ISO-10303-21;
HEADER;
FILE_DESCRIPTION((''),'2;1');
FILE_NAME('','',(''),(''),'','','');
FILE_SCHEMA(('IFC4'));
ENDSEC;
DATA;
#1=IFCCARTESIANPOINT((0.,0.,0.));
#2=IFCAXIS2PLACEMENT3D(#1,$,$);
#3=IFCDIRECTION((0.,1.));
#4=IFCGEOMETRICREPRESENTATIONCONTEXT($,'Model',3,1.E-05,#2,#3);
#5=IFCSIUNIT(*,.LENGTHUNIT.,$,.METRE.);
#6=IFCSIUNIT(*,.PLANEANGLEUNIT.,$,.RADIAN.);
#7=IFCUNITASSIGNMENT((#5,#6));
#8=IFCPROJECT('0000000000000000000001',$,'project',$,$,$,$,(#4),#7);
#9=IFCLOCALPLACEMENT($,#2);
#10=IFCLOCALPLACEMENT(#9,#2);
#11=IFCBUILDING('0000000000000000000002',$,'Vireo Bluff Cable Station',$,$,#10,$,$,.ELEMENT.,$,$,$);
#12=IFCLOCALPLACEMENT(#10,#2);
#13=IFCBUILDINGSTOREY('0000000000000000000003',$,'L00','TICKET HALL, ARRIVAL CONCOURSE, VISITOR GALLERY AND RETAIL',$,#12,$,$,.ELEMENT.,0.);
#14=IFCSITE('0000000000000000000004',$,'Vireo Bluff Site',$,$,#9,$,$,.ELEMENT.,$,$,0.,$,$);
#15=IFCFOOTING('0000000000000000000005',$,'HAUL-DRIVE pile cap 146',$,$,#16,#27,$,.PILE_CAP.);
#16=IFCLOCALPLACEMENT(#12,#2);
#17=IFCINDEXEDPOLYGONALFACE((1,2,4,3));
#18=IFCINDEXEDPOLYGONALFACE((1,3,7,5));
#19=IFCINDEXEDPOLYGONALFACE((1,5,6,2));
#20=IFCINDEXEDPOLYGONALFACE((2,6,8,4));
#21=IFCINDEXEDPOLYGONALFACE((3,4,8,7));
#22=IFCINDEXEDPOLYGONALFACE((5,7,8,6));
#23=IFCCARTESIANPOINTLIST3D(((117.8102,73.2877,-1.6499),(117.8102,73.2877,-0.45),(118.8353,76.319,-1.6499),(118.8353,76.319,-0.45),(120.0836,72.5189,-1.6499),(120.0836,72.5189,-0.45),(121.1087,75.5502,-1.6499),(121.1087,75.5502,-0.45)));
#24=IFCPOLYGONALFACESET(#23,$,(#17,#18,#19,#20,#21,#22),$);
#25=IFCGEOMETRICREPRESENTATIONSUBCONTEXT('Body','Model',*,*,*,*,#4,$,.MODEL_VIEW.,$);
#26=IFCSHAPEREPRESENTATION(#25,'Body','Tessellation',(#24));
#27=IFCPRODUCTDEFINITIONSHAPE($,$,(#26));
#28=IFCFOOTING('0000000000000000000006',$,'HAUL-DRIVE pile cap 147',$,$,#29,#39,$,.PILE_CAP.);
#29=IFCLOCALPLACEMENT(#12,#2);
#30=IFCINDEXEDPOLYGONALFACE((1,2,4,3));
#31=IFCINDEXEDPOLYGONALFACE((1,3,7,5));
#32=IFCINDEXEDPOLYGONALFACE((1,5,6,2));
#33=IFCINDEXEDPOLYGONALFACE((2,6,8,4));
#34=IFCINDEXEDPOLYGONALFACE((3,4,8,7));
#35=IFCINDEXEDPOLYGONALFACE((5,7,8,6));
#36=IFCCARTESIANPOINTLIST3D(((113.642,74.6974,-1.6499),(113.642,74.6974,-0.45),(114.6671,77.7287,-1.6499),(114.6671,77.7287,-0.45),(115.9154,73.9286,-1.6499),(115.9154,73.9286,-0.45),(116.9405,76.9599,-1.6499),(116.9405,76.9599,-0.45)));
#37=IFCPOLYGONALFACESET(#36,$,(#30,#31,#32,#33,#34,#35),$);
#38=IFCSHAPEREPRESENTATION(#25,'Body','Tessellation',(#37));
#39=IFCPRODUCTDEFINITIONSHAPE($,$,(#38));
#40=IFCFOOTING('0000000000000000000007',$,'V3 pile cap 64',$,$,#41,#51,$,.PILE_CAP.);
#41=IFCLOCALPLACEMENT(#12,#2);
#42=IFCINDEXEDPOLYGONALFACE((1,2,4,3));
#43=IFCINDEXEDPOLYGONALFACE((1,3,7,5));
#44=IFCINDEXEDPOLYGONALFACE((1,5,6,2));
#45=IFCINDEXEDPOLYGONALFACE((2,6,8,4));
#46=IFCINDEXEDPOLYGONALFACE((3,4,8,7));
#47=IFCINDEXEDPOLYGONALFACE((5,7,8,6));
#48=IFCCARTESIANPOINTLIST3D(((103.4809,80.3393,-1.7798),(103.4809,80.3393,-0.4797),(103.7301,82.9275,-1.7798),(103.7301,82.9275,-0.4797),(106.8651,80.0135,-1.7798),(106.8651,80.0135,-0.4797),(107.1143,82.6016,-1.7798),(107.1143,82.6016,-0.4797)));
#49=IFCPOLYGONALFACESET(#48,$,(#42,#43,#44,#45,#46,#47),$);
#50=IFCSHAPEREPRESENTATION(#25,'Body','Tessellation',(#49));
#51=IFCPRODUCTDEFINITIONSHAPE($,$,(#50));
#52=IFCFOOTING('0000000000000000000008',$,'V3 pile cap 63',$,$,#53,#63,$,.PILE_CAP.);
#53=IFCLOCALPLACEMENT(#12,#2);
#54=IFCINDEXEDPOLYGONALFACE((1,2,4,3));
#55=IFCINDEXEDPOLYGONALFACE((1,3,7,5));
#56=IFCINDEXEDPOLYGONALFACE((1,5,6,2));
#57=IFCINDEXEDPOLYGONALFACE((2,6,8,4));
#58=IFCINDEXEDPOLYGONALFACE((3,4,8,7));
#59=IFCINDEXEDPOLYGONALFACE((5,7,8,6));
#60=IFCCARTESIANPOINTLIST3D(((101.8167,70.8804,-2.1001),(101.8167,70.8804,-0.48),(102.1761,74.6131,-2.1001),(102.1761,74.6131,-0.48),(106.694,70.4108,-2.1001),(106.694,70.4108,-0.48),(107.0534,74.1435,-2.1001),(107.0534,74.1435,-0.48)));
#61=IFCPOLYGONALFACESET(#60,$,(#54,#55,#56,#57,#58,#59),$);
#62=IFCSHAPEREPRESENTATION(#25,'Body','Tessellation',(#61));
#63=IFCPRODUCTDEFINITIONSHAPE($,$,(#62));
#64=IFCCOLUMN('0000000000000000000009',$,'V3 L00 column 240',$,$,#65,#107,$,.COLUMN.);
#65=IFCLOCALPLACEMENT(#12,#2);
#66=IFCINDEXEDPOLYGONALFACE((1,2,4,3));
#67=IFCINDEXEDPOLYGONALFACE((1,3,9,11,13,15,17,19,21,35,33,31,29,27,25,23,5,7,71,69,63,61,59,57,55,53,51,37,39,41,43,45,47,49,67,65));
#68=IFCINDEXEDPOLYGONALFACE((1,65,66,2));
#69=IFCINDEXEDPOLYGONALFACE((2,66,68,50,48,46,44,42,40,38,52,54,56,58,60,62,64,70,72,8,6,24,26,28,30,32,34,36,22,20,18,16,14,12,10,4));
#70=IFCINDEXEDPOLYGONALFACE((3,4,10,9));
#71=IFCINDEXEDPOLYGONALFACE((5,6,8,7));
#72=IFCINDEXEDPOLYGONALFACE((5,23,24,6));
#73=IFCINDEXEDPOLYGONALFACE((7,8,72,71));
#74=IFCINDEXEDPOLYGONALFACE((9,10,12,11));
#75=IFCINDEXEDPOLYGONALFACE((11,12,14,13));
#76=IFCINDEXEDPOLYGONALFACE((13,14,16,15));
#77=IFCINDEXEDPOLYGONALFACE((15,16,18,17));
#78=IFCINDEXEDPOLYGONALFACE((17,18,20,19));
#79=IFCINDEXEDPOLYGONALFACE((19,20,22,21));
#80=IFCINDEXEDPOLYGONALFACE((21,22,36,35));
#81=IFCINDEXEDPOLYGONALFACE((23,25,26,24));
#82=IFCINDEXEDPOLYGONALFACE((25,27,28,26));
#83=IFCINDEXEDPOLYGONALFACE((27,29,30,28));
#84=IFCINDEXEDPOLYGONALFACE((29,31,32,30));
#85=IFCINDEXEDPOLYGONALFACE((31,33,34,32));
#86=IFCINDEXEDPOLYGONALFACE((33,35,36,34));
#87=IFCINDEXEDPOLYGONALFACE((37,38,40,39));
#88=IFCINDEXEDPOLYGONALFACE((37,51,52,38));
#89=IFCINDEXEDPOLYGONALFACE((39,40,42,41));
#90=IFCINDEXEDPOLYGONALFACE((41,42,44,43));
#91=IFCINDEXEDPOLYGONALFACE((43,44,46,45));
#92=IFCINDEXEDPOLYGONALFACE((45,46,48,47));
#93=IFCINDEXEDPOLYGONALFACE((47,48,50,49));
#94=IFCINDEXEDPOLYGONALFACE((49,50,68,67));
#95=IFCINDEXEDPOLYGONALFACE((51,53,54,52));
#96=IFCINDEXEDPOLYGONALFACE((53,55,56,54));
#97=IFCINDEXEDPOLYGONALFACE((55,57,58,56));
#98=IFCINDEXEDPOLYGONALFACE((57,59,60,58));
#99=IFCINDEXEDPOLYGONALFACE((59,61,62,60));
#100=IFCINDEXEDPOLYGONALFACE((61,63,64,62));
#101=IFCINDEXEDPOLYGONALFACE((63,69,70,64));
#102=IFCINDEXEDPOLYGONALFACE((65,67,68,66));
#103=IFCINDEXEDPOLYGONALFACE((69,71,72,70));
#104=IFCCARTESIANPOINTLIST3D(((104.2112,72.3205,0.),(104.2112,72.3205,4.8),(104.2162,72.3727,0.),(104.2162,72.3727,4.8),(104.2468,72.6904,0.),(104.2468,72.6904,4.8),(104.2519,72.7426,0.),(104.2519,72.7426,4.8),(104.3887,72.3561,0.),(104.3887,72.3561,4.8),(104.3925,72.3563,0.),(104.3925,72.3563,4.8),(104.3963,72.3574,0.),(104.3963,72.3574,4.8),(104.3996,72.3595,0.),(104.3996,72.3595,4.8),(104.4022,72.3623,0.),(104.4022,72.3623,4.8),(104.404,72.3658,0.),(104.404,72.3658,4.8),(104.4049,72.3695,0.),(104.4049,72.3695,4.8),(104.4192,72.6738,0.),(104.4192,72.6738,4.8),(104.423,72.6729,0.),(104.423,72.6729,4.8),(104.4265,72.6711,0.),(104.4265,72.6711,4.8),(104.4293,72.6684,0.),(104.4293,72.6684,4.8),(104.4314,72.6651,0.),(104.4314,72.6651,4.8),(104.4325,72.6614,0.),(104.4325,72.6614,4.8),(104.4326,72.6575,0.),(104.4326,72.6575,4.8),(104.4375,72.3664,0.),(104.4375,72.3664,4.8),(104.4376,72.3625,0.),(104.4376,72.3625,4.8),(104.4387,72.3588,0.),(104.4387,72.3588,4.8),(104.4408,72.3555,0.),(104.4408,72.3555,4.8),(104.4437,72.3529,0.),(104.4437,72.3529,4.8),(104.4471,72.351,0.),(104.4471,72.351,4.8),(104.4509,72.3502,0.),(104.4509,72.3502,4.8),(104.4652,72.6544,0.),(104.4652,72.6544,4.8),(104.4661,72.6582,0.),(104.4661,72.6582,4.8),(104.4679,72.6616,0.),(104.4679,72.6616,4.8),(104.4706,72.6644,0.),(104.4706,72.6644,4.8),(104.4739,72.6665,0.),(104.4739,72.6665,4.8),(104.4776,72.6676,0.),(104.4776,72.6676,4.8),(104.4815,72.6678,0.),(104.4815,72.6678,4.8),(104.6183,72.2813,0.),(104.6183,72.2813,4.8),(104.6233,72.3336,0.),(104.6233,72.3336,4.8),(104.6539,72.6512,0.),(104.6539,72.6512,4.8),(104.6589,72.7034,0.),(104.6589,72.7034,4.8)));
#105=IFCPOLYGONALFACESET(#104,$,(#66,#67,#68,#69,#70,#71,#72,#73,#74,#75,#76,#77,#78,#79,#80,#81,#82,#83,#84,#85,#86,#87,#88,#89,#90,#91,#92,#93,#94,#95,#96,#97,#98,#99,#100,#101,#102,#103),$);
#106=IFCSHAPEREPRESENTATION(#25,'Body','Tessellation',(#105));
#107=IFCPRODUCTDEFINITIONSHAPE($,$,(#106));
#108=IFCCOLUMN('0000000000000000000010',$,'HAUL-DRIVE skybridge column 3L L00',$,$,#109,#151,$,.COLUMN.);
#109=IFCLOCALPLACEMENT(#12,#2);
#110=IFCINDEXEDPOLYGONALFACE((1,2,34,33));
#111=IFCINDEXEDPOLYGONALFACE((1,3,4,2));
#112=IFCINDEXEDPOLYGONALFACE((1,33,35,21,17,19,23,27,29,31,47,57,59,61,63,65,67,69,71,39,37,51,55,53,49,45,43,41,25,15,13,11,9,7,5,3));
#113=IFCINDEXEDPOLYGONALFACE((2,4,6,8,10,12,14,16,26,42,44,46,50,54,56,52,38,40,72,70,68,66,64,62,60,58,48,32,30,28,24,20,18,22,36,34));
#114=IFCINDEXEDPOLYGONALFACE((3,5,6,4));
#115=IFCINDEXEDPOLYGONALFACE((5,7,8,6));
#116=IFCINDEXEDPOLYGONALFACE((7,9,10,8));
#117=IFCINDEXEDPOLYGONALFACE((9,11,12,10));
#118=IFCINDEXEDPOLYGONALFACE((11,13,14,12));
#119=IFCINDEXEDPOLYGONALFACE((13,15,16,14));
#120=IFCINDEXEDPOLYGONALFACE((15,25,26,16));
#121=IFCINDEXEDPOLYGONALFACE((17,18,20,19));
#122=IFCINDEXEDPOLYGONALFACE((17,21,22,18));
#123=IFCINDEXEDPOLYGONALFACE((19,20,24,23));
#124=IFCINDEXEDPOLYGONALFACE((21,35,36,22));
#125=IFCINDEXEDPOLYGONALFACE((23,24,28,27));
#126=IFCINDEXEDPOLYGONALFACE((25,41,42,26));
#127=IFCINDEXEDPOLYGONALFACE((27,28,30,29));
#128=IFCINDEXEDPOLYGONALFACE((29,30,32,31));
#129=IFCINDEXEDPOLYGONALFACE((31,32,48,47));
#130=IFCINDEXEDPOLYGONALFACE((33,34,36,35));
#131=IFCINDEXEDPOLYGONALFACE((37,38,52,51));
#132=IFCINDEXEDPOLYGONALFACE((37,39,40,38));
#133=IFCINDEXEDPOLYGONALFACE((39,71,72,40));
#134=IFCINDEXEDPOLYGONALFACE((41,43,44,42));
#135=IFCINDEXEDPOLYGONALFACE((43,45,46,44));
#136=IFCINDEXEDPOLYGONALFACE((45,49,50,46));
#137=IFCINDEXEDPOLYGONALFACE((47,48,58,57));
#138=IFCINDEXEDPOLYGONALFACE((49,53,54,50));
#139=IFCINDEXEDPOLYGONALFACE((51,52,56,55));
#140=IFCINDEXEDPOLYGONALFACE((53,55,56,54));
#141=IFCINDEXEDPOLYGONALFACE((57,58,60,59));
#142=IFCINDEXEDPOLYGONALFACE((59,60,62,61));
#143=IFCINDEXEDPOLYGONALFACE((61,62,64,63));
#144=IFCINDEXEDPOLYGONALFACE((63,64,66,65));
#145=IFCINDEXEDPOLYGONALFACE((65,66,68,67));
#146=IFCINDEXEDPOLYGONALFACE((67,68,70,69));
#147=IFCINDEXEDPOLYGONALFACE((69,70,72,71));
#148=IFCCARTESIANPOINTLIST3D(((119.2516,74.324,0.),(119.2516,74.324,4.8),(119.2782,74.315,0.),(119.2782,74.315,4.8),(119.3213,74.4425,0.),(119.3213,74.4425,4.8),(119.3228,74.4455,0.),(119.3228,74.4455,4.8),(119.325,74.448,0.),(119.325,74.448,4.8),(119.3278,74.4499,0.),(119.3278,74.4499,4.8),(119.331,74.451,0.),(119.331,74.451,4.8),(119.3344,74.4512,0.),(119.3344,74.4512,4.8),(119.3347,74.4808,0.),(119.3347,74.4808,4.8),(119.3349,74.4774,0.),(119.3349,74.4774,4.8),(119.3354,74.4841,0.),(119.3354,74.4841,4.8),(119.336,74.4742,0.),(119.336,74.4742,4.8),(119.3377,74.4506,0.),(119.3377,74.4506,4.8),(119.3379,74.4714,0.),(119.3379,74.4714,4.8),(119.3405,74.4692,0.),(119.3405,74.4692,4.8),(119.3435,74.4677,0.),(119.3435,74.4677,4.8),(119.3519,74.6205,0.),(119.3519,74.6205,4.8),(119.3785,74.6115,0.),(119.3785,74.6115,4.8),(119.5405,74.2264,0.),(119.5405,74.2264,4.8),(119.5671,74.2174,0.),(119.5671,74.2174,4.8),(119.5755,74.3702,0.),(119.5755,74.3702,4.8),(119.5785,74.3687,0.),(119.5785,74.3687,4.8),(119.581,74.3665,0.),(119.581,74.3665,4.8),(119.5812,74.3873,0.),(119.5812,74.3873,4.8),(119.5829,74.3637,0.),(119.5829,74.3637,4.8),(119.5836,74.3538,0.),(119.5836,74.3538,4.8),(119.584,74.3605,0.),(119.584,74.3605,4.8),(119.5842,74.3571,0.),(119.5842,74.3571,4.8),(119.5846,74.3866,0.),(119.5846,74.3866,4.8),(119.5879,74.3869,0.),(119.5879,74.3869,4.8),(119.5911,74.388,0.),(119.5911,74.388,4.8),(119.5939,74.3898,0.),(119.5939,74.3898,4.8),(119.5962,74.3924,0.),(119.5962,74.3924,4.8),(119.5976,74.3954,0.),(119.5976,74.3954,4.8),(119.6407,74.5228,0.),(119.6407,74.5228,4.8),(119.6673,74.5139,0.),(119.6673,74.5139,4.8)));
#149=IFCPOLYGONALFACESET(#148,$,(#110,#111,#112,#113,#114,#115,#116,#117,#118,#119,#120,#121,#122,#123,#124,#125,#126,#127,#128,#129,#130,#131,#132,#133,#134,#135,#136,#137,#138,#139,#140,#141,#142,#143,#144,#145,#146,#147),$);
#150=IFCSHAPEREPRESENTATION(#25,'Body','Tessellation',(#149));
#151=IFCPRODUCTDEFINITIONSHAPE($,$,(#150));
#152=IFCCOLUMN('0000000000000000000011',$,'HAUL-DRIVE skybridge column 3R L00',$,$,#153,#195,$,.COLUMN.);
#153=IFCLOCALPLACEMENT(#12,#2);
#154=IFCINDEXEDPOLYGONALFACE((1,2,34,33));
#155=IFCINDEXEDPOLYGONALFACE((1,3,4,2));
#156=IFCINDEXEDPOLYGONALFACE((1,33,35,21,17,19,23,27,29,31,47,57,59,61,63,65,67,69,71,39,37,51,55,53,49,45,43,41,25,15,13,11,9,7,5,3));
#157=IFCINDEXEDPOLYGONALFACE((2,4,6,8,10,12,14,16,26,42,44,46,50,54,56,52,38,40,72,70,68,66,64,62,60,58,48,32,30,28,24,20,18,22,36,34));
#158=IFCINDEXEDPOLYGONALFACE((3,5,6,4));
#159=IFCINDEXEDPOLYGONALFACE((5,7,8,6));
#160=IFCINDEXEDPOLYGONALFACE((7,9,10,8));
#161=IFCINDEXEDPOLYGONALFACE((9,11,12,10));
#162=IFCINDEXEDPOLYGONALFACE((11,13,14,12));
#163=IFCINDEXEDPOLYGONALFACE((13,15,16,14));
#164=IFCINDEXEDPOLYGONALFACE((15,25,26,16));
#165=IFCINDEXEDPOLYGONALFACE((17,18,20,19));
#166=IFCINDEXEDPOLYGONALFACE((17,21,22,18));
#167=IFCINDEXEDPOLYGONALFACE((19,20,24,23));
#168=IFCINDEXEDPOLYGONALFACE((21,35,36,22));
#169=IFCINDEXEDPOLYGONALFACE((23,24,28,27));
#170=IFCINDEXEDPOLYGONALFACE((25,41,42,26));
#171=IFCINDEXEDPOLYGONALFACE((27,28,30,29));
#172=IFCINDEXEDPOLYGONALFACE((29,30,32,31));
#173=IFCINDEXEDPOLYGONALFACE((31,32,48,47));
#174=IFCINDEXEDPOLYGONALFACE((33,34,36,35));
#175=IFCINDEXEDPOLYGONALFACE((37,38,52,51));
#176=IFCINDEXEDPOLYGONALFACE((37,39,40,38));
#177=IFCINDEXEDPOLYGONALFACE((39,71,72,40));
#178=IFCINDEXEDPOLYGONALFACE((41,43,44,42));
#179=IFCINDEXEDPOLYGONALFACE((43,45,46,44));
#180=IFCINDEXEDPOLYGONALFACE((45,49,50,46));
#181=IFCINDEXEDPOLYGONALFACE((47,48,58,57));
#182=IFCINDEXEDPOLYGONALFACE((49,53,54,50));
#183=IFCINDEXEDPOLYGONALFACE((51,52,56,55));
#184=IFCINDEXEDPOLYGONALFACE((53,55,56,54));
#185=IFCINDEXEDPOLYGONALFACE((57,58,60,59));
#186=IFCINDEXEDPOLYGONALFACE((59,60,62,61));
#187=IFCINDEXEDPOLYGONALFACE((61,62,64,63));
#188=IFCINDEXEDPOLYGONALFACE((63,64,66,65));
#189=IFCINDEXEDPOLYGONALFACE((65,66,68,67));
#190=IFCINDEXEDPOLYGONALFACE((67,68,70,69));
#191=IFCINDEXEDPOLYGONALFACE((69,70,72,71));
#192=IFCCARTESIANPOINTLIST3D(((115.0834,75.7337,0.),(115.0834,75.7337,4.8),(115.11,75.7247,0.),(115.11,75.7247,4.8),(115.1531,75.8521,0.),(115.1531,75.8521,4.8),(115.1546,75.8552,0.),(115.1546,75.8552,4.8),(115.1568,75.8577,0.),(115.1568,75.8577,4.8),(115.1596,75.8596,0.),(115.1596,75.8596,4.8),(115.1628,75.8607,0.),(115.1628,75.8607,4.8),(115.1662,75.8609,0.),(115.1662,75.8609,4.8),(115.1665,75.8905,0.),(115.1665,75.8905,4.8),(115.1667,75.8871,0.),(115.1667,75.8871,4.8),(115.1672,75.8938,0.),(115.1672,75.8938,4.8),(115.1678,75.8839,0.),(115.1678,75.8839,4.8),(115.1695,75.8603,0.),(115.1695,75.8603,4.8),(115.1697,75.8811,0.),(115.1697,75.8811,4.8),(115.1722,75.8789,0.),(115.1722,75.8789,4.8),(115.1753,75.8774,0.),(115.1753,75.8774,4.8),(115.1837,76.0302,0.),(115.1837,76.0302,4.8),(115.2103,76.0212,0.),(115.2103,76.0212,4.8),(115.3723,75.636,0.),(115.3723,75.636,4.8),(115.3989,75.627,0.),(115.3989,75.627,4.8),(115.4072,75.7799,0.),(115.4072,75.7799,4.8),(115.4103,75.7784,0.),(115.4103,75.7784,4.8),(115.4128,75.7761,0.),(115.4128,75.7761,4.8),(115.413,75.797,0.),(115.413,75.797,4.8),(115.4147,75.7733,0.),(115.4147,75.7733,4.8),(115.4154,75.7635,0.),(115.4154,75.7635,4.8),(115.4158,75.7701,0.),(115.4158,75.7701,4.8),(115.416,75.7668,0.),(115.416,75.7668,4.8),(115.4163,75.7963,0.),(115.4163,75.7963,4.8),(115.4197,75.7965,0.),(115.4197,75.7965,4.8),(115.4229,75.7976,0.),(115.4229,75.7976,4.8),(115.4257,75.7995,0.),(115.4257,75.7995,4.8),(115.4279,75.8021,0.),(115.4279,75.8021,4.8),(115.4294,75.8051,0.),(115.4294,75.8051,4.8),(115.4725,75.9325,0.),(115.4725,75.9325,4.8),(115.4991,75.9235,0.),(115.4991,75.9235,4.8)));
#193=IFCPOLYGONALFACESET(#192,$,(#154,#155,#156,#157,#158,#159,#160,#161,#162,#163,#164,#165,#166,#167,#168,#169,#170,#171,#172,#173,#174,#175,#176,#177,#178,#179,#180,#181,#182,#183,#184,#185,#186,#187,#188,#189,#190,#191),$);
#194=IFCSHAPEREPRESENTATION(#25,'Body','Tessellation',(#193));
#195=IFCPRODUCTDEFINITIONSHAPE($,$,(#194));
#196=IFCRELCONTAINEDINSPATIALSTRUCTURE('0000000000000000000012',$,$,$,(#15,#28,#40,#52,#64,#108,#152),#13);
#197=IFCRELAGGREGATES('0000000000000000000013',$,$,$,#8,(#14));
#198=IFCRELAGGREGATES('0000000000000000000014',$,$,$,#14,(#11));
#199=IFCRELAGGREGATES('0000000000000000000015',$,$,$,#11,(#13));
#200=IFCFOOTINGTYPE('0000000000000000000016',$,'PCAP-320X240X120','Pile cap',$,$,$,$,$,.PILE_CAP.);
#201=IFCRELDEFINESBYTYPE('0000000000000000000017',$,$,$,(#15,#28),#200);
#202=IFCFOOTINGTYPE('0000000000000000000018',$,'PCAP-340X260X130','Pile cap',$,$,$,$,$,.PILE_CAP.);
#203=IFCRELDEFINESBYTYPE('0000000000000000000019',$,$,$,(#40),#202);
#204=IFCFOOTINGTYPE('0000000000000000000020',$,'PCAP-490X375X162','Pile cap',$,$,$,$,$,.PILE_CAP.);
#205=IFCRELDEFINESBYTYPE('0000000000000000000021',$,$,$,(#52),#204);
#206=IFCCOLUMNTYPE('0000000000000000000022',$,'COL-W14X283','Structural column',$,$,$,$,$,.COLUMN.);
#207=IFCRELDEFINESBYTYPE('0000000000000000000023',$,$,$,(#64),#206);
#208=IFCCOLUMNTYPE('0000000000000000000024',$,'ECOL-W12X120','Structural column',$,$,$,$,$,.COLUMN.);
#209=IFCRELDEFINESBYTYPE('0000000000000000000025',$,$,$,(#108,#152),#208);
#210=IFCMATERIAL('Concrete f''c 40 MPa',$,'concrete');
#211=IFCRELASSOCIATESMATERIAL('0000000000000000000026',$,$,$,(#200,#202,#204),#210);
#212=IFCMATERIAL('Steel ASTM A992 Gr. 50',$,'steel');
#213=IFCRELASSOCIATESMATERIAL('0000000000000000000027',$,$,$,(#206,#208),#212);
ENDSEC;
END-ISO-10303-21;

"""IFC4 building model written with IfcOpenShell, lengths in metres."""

from ifc_helpers import new_model, si_unit, direction, frame, origin, origin_2d, place, context, subcontext, project, spatial, rectangle, i_section, extrude, material, material_profile, profile_set, type_object, element, save


model = new_model("IFC4")

# Units and contexts
model_context = context("Model", 3, precision=1e-05, world=origin(), true_north=direction((0.0, 1.0)))
body_context = subcontext(model_context, "Body", "Model", "MODEL_VIEW")
ifc_project = project(units=[si_unit("LENGTHUNIT", "METRE"), si_unit("PLANEANGLEUNIT", "RADIAN")], contexts=[model_context])

# Site, building, storey
site_placement = place(None, origin())
site = spatial("IfcSite", under=ifc_project, at=site_placement, Name="Vireo Bluff Site", CompositionType="ELEMENT", RefElevation=0.0)
building_placement = place(site_placement, origin())
building = spatial("IfcBuilding", under=site, at=building_placement, Name="Vireo Bluff Cable Station", CompositionType="ELEMENT")
storey_placement = place(building_placement, origin())
storey = spatial("IfcBuildingStorey", under=building, at=storey_placement, Name="L00", Description="TICKET HALL, ARRIVAL CONCOURSE, VISITOR GALLERY AND RETAIL", CompositionType="ELEMENT", Elevation=0.0)

# Footings
ifc_material_1 = material(Name="Concrete f'c 40 MPa", Category="concrete")
footing_type_1 = type_object("IfcFootingType", Name="PCAP-320X240X120", Description="Pile cap", PredefinedType="PILE_CAP", material=ifc_material_1)
for number, where, z_axis, x_axis, name in (
    (1, (119.4595, 74.4189, -1.6499), (0.0, 0.0, 1.0), (0.320352, 0.947299, 0.0), "HAUL-DRIVE pile cap 146"),
    (2, (115.2913, 75.8286, -1.6499), (0.0, 0.0, 1.0), (0.320352, 0.947299, 0.0), "HAUL-DRIVE pile cap 147"),
):
    element("IfcFooting", number, at=place(storey_placement, frame(where, z_axis=z_axis, x_axis=x_axis)), inside=storey, type_object=footing_type_1, Name=name, PredefinedType="PILE_CAP", context=body_context, shape_type="SweptSolid", body=[
        extrude(rectangle(XDim=3.2, YDim=2.3999, at=origin_2d()), origin(), (0.0, 0.0, 1.0), 1.2),
    ])
footing_type_2 = type_object("IfcFootingType", Name="PCAP-340X260X130", Description="Pile cap", PredefinedType="PILE_CAP", material=ifc_material_1)
footing_1_placement = place(storey_placement, frame((105.2976, 81.4705, -1.7798), z_axis=(0.0, 0.0, 1.0), x_axis=(0.995396, -0.095846, 0.0)))
element("IfcFooting", 3, at=footing_1_placement, inside=storey, type_object=footing_type_2, Name="V3 pile cap 64", PredefinedType="PILE_CAP", context=body_context, shape_type="SweptSolid", body=[
    extrude(rectangle(XDim=3.3999, YDim=2.6001, at=origin_2d()), origin(), (0.0, 0.0, 1.0), 1.3),
])
footing_type_3 = type_object("IfcFootingType", Name="PCAP-490X375X162", Description="Pile cap", PredefinedType="PILE_CAP", material=ifc_material_1)
footing_2_placement = place(storey_placement, frame((104.4351, 72.512, -2.1001), z_axis=(0.0, 0.0, 1.0), x_axis=(0.995396, -0.095846, 0.0)))
element("IfcFooting", 4, at=footing_2_placement, inside=storey, type_object=footing_type_3, Name="V3 pile cap 63", PredefinedType="PILE_CAP", context=body_context, shape_type="SweptSolid", body=[
    extrude(rectangle(XDim=4.8999, YDim=3.75, at=origin_2d()), origin(), (0.0, 0.0, 1.0), 1.6201),
])

# Columns
ifc_material_2 = material(Name="Steel ASTM A992 Gr. 50", Category="steel")
ifc_material_profile_1 = material_profile(ifc_material_2, i_section(OverallWidth=0.4089, OverallDepth=0.4241, WebThickness=0.0327, FlangeThickness=0.0525, FilletRadius=0.0149, at=origin_2d()), Name="W14X283")
ifc_profile_set_1 = profile_set([ifc_material_profile_1], Name="Steel ASTM A992 Gr. 50")
column_type_1 = type_object("IfcColumnType", Name="COL-W14X283", Description="Structural column", PredefinedType="COLUMN", material=ifc_profile_set_1)
column_1_placement = place(storey_placement, frame((104.4351, 72.512, 0.0), z_axis=(0.0, 0.0, 1.0), x_axis=(0.995396, -0.095846, 0.0)))
element("IfcColumn", 5, at=column_1_placement, inside=storey, type_object=column_type_1, Name="V3 L00 column 240", PredefinedType="COLUMN", context=body_context, shape_type="SweptSolid", body=[
    extrude(i_section(OverallWidth=0.4089, OverallDepth=0.4241, WebThickness=0.0327, FlangeThickness=0.0525, FilletRadius=0.0149, at=origin_2d()), origin(), (0.0, 0.0, 1.0), 4.8),
])
ifc_material_profile_2 = material_profile(ifc_material_2, i_section(OverallWidth=0.313, OverallDepth=0.333, WebThickness=0.0181, FlangeThickness=0.0281, FilletRadius=0.0129, at=origin_2d()), Name="W12X120")
ifc_profile_set_2 = profile_set([ifc_material_profile_2], Name="Steel ASTM A992 Gr. 50")
column_type_2 = type_object("IfcColumnType", Name="ECOL-W12X120", Description="Structural column", PredefinedType="COLUMN", material=ifc_profile_set_2)
for number, where, z_axis, x_axis, name in (
    (6, (119.4595, 74.4189, 0.0), (0.0, 0.0, 1.0), (0.320352, 0.947299, 0.0), "HAUL-DRIVE skybridge column 3L L00"),
    (7, (115.2913, 75.8286, 0.0), (0.0, 0.0, 1.0), (0.320352, 0.947299, 0.0), "HAUL-DRIVE skybridge column 3R L00"),
):
    element("IfcColumn", number, at=place(storey_placement, frame(where, z_axis=z_axis, x_axis=x_axis)), inside=storey, type_object=column_type_2, Name=name, PredefinedType="COLUMN", context=body_context, shape_type="SweptSolid", body=[
        extrude(i_section(OverallWidth=0.313, OverallDepth=0.333, WebThickness=0.0181, FlangeThickness=0.0281, FilletRadius=0.0129, at=origin_2d()), origin(), (0.0, 0.0, 1.0), 4.8),
    ])

save(model, "model.ifc")
